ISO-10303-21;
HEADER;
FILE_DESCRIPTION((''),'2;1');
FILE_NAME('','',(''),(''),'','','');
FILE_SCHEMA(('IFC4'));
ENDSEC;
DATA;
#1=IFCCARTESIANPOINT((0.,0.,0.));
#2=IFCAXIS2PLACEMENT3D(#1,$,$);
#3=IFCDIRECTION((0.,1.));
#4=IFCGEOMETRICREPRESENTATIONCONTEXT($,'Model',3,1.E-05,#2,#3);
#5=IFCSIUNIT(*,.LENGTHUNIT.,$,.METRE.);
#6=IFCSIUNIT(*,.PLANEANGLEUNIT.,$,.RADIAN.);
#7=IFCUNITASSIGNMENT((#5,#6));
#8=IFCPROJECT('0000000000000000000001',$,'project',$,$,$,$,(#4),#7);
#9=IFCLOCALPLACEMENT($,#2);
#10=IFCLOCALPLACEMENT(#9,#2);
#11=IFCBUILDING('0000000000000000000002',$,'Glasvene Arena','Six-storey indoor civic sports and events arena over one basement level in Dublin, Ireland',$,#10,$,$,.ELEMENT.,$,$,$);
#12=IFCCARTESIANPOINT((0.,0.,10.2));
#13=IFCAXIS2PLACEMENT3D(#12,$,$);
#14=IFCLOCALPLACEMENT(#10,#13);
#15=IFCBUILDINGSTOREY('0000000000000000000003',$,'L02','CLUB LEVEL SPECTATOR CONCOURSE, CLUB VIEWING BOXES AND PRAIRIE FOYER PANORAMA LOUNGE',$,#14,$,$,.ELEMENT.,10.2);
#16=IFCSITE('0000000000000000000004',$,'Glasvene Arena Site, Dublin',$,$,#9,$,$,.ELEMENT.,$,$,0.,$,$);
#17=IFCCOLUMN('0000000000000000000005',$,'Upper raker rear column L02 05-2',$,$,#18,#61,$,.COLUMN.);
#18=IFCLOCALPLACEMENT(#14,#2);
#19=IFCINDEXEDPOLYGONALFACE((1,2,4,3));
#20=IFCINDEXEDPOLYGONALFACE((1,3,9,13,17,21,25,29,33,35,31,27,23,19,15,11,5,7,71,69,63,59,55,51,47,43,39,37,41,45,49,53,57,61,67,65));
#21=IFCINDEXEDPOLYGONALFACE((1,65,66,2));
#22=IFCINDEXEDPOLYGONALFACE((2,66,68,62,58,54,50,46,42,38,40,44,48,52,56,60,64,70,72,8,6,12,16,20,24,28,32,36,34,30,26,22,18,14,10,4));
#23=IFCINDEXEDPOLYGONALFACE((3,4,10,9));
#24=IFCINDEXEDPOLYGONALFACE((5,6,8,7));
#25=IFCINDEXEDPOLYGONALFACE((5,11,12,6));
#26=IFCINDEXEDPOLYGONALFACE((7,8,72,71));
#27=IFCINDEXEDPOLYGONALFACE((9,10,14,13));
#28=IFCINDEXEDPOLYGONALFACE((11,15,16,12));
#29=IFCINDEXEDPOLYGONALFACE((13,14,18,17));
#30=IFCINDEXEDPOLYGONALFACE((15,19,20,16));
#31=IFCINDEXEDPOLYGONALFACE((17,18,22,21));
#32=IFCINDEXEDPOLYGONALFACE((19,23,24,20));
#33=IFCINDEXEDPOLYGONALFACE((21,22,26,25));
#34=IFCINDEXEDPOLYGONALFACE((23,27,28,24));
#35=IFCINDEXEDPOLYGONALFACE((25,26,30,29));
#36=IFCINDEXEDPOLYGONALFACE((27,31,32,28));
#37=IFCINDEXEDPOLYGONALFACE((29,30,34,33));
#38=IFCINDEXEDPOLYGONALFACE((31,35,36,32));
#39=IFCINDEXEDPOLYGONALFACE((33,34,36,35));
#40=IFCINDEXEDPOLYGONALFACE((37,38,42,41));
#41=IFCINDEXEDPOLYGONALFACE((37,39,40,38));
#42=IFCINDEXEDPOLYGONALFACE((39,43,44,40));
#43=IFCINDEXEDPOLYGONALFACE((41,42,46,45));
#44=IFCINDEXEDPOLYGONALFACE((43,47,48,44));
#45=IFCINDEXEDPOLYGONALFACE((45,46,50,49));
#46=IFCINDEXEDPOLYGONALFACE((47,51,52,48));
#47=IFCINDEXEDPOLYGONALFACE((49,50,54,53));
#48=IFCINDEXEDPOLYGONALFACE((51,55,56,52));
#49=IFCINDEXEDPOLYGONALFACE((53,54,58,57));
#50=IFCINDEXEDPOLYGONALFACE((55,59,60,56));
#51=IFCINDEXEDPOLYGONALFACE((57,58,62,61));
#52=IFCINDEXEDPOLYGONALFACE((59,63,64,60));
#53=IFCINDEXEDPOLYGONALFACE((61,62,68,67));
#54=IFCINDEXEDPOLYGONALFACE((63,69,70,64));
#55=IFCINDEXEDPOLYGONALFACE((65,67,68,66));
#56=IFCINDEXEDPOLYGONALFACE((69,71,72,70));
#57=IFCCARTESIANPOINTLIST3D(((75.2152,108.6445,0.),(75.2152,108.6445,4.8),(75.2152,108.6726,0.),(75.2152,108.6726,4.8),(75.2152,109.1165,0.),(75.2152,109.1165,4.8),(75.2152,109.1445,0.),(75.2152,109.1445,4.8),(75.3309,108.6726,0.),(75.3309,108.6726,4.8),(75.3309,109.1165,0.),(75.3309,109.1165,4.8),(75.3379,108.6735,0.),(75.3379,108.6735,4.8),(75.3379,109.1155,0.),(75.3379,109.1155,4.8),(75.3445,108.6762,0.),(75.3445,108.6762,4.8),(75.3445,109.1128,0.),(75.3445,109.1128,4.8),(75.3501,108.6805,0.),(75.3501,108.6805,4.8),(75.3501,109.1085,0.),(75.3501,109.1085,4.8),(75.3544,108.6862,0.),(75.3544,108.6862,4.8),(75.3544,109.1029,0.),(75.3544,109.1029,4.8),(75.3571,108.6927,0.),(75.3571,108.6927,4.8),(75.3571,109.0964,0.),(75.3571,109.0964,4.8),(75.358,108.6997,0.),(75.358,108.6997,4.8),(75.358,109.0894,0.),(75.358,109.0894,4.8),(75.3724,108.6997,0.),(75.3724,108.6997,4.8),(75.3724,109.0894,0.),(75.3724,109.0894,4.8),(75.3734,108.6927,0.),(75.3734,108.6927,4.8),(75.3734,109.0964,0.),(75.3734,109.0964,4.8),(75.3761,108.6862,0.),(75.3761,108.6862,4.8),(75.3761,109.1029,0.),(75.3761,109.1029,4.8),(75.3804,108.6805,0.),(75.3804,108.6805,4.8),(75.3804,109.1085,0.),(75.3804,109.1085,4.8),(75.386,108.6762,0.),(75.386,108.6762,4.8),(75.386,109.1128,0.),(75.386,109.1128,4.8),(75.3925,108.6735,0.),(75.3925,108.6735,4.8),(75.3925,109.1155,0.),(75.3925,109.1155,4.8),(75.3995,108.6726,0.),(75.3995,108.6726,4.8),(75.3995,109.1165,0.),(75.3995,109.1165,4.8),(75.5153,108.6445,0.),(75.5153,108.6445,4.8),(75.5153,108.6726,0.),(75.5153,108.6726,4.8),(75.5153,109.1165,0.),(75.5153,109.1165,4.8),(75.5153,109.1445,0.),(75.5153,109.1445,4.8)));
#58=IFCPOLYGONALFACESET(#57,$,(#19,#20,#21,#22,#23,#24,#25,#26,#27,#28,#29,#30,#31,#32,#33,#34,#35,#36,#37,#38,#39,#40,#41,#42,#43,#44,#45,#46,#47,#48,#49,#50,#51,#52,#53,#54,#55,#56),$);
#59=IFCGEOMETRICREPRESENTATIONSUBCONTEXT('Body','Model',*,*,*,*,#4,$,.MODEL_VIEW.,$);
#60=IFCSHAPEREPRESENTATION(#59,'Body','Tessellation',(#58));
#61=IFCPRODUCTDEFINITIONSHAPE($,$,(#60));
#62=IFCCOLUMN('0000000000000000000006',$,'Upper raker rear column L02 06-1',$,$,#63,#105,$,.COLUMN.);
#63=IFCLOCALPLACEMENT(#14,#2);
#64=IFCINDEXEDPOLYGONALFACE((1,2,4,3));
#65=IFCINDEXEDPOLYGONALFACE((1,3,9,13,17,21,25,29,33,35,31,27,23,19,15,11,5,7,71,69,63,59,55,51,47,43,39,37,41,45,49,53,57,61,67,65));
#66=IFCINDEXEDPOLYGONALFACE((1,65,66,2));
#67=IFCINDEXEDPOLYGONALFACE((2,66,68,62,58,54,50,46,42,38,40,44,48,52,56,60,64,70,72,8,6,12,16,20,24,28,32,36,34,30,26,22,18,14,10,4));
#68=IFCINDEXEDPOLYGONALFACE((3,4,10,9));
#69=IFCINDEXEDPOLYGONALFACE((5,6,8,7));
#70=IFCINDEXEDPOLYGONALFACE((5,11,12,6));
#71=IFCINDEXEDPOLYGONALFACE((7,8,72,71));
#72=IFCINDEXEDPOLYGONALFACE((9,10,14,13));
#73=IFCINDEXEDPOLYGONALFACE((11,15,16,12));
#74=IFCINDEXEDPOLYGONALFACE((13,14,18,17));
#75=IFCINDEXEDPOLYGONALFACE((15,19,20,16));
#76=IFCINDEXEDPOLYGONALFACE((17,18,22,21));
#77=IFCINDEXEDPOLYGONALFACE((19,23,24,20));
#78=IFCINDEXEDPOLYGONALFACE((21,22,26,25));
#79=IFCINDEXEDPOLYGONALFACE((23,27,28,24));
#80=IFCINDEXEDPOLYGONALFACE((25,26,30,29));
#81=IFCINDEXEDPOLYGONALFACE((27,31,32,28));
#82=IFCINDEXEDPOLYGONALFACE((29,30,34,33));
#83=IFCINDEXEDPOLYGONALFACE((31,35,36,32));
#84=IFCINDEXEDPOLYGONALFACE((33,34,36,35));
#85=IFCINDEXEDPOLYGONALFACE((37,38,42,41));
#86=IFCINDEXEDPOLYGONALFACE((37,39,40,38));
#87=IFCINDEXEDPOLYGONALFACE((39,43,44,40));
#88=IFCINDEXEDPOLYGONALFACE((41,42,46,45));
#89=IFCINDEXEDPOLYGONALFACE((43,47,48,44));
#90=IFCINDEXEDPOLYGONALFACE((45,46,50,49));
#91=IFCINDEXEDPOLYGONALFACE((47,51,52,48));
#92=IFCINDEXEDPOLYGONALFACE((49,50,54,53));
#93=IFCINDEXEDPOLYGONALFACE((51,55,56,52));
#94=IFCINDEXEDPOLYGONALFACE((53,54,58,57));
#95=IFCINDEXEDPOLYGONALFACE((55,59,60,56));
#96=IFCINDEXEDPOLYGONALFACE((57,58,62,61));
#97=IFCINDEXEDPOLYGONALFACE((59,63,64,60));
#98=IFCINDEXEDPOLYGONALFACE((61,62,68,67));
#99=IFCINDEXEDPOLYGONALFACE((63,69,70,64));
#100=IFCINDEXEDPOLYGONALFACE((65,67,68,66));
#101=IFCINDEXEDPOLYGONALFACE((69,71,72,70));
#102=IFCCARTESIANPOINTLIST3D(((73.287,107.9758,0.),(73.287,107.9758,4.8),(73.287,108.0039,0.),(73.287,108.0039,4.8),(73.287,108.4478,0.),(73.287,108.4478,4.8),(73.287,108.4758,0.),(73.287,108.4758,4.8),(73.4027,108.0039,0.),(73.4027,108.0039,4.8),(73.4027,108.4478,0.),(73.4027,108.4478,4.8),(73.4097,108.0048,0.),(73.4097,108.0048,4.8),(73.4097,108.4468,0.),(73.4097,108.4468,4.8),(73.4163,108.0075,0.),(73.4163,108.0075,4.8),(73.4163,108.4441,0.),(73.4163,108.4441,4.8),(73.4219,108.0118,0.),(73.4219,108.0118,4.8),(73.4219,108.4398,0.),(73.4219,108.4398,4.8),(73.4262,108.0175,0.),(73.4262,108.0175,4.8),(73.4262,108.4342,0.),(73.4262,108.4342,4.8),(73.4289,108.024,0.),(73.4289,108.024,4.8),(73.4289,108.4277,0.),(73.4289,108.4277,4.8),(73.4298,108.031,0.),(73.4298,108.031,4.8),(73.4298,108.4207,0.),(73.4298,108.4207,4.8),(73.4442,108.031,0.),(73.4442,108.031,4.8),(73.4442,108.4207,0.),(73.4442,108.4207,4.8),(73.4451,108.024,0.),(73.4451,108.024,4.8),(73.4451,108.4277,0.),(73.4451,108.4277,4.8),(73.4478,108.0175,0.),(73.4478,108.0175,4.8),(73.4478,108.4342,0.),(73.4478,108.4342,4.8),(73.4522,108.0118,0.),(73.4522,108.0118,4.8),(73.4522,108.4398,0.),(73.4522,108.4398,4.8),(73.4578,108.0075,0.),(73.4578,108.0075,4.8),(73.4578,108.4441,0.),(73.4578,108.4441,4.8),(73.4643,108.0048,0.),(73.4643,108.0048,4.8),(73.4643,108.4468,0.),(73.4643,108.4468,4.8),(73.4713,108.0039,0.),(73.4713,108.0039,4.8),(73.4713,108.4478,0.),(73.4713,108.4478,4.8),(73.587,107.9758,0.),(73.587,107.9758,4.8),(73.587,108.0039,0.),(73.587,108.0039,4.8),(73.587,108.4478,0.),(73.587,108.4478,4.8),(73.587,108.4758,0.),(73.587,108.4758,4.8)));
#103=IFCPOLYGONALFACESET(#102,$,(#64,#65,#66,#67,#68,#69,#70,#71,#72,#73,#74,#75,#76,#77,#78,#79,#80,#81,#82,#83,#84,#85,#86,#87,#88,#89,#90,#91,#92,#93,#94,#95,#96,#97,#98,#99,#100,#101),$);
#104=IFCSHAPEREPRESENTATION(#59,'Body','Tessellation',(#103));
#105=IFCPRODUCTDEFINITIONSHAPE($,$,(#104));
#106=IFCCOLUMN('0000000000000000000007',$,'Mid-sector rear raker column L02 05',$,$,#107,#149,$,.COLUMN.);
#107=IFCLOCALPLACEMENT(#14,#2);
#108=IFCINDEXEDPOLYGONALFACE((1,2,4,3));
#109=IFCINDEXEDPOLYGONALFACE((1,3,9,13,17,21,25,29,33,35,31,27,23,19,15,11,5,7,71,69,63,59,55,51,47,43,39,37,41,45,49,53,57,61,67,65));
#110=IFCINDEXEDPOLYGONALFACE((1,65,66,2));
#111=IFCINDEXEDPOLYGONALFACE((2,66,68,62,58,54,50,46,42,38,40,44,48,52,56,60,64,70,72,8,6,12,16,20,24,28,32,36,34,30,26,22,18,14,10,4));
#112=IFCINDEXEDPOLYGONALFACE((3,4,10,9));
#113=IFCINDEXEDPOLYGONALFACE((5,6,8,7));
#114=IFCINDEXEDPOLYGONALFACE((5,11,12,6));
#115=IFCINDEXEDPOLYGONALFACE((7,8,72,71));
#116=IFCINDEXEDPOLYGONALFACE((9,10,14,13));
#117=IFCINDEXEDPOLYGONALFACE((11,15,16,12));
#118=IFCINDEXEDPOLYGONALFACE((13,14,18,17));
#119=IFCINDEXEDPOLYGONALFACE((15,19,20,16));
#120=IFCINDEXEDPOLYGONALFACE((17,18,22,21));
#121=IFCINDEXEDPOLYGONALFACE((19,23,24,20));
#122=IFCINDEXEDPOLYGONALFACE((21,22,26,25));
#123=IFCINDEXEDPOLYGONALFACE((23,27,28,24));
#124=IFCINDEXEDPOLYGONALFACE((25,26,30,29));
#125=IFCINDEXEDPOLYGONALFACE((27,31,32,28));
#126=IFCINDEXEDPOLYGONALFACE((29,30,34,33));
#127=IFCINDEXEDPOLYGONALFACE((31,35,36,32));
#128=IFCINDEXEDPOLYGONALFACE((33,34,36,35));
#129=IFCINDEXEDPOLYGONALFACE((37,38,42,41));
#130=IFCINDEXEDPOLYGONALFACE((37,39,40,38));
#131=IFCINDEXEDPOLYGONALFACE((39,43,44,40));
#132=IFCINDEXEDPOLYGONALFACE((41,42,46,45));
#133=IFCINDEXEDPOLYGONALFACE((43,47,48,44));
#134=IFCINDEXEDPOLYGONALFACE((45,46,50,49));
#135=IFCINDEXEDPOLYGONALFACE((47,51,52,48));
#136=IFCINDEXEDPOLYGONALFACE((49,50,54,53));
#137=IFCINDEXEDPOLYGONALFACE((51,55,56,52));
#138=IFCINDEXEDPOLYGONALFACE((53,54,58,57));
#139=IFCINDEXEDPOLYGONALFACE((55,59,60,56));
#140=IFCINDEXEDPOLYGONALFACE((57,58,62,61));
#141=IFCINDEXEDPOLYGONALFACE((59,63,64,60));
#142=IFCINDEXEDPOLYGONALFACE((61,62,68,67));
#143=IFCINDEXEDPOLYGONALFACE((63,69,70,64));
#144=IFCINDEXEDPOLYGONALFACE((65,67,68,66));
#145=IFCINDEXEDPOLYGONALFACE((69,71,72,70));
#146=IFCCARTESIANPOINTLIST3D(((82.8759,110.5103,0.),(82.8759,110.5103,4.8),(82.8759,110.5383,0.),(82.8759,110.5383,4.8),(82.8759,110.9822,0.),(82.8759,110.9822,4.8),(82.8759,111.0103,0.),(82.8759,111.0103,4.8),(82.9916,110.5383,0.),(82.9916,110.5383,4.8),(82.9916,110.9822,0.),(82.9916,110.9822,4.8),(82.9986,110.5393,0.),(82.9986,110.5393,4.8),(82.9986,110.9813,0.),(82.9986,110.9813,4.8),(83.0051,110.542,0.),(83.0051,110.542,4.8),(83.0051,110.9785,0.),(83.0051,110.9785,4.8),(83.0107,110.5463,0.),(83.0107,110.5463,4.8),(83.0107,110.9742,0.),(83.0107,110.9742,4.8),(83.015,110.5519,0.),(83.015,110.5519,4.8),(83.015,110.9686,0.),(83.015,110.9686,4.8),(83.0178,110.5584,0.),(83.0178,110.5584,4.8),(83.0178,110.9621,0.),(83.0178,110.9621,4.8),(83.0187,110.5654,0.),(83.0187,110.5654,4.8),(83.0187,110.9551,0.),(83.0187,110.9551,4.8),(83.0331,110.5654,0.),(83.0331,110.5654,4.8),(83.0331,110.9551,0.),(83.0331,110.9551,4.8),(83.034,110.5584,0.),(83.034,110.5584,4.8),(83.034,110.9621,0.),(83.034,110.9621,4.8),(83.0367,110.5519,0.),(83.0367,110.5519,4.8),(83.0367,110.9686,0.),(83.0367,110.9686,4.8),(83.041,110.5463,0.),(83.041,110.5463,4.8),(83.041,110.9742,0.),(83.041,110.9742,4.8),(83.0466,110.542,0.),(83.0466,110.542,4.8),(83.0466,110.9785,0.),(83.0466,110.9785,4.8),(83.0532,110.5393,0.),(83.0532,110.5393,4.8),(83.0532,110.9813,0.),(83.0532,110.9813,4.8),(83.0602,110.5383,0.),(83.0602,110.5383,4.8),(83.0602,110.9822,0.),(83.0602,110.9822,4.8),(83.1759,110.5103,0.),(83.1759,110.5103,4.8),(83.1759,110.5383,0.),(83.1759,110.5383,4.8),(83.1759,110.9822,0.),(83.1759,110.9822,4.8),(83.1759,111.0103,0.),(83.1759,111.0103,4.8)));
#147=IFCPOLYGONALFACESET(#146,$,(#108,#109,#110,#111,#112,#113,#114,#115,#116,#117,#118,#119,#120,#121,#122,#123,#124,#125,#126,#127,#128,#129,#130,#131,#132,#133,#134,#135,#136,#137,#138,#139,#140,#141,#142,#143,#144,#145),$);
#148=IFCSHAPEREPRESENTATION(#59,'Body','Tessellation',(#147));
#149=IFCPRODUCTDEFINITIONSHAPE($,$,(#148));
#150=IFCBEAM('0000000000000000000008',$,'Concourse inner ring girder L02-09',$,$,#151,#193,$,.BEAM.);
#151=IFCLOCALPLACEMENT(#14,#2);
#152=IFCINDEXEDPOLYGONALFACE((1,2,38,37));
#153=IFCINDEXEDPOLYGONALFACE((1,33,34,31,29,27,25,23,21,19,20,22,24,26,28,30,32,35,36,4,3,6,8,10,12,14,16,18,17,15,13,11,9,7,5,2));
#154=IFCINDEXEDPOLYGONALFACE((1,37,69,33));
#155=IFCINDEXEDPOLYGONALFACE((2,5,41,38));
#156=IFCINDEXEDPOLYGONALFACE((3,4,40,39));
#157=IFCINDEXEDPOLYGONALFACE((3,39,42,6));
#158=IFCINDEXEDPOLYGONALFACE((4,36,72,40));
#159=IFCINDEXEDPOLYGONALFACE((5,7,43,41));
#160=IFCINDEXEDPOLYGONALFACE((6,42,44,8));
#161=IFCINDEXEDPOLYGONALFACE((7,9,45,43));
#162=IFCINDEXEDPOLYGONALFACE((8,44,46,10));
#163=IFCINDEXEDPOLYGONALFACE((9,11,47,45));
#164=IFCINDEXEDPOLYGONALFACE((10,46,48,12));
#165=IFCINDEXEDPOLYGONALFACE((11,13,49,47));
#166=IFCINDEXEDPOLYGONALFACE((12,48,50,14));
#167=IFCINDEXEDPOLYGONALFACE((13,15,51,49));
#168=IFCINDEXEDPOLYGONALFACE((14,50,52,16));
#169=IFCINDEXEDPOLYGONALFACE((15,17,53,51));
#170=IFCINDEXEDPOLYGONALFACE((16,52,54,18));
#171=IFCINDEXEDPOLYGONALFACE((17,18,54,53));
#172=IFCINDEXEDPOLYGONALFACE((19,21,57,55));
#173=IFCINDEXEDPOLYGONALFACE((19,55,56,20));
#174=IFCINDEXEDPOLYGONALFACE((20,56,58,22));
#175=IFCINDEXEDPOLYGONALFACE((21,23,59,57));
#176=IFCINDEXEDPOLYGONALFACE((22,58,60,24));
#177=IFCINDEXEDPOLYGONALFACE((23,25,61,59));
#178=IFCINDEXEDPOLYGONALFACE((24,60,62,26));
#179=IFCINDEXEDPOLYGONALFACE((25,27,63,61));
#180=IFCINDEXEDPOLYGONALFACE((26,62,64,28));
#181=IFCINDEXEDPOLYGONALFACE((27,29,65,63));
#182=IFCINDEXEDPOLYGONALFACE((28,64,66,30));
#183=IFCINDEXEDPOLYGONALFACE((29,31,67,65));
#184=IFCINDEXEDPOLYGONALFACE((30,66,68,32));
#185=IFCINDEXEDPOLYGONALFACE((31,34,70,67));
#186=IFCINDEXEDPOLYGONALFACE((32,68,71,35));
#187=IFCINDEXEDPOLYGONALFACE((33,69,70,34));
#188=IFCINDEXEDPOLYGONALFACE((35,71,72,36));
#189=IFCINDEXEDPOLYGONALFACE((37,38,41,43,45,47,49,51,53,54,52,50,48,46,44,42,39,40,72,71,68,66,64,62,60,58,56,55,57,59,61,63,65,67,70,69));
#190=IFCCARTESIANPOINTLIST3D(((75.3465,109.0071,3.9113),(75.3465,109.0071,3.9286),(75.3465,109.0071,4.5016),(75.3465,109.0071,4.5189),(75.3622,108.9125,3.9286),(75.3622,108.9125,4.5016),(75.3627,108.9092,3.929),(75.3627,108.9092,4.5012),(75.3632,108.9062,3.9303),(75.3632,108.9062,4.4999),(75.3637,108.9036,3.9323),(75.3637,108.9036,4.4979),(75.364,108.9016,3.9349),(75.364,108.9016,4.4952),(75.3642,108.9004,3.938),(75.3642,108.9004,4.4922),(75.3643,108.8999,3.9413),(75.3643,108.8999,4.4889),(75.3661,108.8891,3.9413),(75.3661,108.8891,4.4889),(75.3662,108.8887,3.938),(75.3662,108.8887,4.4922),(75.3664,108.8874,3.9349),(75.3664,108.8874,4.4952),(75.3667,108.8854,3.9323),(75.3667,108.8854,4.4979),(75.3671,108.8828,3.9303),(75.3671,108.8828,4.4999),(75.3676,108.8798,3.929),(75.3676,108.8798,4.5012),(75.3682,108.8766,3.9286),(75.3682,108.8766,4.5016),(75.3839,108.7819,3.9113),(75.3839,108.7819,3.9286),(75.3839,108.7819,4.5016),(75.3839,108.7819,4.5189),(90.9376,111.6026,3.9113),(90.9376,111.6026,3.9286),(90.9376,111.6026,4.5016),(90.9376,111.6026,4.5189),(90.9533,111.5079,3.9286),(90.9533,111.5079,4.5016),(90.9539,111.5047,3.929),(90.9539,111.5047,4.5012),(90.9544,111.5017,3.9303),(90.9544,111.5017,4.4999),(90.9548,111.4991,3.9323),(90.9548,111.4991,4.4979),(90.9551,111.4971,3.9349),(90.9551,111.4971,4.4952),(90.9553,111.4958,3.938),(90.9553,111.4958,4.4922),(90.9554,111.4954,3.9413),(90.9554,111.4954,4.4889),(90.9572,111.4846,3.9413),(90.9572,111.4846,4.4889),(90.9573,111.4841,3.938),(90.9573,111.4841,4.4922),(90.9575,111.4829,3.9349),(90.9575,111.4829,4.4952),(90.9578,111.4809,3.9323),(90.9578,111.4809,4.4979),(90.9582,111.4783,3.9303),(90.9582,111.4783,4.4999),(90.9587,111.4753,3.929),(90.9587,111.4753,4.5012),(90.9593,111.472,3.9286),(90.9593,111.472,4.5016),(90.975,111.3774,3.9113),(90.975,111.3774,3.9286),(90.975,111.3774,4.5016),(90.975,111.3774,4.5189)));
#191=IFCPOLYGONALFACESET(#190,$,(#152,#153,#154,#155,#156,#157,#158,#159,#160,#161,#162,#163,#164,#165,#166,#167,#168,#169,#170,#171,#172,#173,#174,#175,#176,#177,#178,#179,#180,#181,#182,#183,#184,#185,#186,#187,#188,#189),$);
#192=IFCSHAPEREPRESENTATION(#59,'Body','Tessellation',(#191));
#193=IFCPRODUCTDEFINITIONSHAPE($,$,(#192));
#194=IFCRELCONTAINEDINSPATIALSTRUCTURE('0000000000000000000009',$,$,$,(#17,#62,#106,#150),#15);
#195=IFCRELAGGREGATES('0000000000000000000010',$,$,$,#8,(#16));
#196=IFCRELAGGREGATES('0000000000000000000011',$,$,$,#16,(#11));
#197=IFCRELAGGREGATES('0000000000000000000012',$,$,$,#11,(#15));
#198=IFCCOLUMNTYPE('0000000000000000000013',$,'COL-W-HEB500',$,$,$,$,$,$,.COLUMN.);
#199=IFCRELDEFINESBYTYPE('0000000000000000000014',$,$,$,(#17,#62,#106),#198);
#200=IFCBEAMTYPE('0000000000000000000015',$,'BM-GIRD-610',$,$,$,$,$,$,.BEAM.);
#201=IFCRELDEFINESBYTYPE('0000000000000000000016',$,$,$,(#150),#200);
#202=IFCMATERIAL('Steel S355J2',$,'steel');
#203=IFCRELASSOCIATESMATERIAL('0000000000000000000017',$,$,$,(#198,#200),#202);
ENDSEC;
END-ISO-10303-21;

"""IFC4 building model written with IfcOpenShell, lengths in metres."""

from ifc_helpers import new_model, si_unit, direction, frame, origin, origin_2d, place, context, subcontext, project, spatial, i_section, extrude, material, material_profile, profile_set, type_object, element, save


model = new_model("IFC4")

# Units and contexts
model_context = context("Model", 3, precision=1e-05, world=origin(), true_north=direction((0.0, 1.0)))
body_context = subcontext(model_context, "Body", "Model", "MODEL_VIEW")
ifc_project = project(units=[si_unit("LENGTHUNIT", "METRE"), si_unit("PLANEANGLEUNIT", "RADIAN")], contexts=[model_context])

# Site, building, storey
site_placement = place(None, origin())
site = spatial("IfcSite", under=ifc_project, at=site_placement, Name="Glasvene Arena Site, Dublin", CompositionType="ELEMENT", RefElevation=0.0)
building_placement = place(site_placement, origin())
building = spatial("IfcBuilding", under=site, at=building_placement, Name="Glasvene Arena", Description="Six-storey indoor civic sports and events arena over one basement level in Dublin, Ireland", CompositionType="ELEMENT")
storey_placement = place(building_placement, frame((0.0, 0.0, 10.2)))
storey = spatial("IfcBuildingStorey", under=building, at=storey_placement, Name="L02", Description="CLUB LEVEL SPECTATOR CONCOURSE, CLUB VIEWING BOXES AND PRAIRIE FOYER PANORAMA LOUNGE", CompositionType="ELEMENT", Elevation=10.2)

# Columns
ifc_material_1 = material(Name="Steel S355J2", Category="steel")
ifc_material_profile_1 = material_profile(ifc_material_1, i_section(OverallWidth=0.3, OverallDepth=0.5, WebThickness=0.0144, FlangeThickness=0.0281, FilletRadius=0.0271, at=origin_2d()), Name="HEB 500")
ifc_profile_set_1 = profile_set([ifc_material_profile_1], Name="Steel S355J2")
column_type_1 = type_object("IfcColumnType", Name="COL-W-HEB500", PredefinedType="COLUMN", material=ifc_profile_set_1)
for number, where, z_axis, x_axis, name in (
    (1, (75.3652, 108.8945, 0.0), (0.0, 0.0, 1.0), (1.0, 0.0, 0.0), "Upper raker rear column L02 05-2"),
    (2, (73.437, 108.2258, 0.0), (0.0, 0.0, 1.0), (1.0, 0.0, 0.0), "Upper raker rear column L02 06-1"),
    (3, (83.0259, 110.7603, 0.0), (0.0, 0.0, 1.0), (1.0, 0.0, 0.0), "Mid-sector rear raker column L02 05"),
):
    element("IfcColumn", number, at=place(storey_placement, frame(where, z_axis=z_axis, x_axis=x_axis)), inside=storey, type_object=column_type_1, Name=name, PredefinedType="COLUMN", context=body_context, shape_type="SweptSolid", body=[
        extrude(i_section(OverallWidth=0.3, OverallDepth=0.5, WebThickness=0.0144, FlangeThickness=0.0281, FilletRadius=0.0271, at=origin_2d()), origin(), (0.0, 0.0, 1.0), 4.8),
    ])

# Beam
ifc_material_profile_2 = material_profile(ifc_material_1, i_section(OverallWidth=0.2283, OverallDepth=0.6077, WebThickness=0.011, FlangeThickness=0.0173, FilletRadius=0.0127, at=origin_2d()), Name="UKB 610x229x113")
ifc_profile_set_2 = profile_set([ifc_material_profile_2], Name="Steel S355J2")
beam_type_1 = type_object("IfcBeamType", Name="BM-GIRD-610", PredefinedType="BEAM", material=ifc_profile_set_2)
beam_1_placement = place(storey_placement, frame((90.9563, 111.49, 4.2151), z_axis=(-0.986425, -0.164211, 0.0), x_axis=(0.164211, -0.986425, 0.0)))
element("IfcBeam", 4, at=beam_1_placement, inside=storey, type_object=beam_type_1, Name="Concourse inner ring girder L02-09", PredefinedType="BEAM", context=body_context, shape_type="SweptSolid", body=[
    extrude(i_section(OverallWidth=0.2283, OverallDepth=0.6077, WebThickness=0.011, FlangeThickness=0.0173, FilletRadius=0.0127, at=origin_2d()), origin(), (0.0, 0.0, 1.0), 15.8057),
])

save(model, "model.ifc")
